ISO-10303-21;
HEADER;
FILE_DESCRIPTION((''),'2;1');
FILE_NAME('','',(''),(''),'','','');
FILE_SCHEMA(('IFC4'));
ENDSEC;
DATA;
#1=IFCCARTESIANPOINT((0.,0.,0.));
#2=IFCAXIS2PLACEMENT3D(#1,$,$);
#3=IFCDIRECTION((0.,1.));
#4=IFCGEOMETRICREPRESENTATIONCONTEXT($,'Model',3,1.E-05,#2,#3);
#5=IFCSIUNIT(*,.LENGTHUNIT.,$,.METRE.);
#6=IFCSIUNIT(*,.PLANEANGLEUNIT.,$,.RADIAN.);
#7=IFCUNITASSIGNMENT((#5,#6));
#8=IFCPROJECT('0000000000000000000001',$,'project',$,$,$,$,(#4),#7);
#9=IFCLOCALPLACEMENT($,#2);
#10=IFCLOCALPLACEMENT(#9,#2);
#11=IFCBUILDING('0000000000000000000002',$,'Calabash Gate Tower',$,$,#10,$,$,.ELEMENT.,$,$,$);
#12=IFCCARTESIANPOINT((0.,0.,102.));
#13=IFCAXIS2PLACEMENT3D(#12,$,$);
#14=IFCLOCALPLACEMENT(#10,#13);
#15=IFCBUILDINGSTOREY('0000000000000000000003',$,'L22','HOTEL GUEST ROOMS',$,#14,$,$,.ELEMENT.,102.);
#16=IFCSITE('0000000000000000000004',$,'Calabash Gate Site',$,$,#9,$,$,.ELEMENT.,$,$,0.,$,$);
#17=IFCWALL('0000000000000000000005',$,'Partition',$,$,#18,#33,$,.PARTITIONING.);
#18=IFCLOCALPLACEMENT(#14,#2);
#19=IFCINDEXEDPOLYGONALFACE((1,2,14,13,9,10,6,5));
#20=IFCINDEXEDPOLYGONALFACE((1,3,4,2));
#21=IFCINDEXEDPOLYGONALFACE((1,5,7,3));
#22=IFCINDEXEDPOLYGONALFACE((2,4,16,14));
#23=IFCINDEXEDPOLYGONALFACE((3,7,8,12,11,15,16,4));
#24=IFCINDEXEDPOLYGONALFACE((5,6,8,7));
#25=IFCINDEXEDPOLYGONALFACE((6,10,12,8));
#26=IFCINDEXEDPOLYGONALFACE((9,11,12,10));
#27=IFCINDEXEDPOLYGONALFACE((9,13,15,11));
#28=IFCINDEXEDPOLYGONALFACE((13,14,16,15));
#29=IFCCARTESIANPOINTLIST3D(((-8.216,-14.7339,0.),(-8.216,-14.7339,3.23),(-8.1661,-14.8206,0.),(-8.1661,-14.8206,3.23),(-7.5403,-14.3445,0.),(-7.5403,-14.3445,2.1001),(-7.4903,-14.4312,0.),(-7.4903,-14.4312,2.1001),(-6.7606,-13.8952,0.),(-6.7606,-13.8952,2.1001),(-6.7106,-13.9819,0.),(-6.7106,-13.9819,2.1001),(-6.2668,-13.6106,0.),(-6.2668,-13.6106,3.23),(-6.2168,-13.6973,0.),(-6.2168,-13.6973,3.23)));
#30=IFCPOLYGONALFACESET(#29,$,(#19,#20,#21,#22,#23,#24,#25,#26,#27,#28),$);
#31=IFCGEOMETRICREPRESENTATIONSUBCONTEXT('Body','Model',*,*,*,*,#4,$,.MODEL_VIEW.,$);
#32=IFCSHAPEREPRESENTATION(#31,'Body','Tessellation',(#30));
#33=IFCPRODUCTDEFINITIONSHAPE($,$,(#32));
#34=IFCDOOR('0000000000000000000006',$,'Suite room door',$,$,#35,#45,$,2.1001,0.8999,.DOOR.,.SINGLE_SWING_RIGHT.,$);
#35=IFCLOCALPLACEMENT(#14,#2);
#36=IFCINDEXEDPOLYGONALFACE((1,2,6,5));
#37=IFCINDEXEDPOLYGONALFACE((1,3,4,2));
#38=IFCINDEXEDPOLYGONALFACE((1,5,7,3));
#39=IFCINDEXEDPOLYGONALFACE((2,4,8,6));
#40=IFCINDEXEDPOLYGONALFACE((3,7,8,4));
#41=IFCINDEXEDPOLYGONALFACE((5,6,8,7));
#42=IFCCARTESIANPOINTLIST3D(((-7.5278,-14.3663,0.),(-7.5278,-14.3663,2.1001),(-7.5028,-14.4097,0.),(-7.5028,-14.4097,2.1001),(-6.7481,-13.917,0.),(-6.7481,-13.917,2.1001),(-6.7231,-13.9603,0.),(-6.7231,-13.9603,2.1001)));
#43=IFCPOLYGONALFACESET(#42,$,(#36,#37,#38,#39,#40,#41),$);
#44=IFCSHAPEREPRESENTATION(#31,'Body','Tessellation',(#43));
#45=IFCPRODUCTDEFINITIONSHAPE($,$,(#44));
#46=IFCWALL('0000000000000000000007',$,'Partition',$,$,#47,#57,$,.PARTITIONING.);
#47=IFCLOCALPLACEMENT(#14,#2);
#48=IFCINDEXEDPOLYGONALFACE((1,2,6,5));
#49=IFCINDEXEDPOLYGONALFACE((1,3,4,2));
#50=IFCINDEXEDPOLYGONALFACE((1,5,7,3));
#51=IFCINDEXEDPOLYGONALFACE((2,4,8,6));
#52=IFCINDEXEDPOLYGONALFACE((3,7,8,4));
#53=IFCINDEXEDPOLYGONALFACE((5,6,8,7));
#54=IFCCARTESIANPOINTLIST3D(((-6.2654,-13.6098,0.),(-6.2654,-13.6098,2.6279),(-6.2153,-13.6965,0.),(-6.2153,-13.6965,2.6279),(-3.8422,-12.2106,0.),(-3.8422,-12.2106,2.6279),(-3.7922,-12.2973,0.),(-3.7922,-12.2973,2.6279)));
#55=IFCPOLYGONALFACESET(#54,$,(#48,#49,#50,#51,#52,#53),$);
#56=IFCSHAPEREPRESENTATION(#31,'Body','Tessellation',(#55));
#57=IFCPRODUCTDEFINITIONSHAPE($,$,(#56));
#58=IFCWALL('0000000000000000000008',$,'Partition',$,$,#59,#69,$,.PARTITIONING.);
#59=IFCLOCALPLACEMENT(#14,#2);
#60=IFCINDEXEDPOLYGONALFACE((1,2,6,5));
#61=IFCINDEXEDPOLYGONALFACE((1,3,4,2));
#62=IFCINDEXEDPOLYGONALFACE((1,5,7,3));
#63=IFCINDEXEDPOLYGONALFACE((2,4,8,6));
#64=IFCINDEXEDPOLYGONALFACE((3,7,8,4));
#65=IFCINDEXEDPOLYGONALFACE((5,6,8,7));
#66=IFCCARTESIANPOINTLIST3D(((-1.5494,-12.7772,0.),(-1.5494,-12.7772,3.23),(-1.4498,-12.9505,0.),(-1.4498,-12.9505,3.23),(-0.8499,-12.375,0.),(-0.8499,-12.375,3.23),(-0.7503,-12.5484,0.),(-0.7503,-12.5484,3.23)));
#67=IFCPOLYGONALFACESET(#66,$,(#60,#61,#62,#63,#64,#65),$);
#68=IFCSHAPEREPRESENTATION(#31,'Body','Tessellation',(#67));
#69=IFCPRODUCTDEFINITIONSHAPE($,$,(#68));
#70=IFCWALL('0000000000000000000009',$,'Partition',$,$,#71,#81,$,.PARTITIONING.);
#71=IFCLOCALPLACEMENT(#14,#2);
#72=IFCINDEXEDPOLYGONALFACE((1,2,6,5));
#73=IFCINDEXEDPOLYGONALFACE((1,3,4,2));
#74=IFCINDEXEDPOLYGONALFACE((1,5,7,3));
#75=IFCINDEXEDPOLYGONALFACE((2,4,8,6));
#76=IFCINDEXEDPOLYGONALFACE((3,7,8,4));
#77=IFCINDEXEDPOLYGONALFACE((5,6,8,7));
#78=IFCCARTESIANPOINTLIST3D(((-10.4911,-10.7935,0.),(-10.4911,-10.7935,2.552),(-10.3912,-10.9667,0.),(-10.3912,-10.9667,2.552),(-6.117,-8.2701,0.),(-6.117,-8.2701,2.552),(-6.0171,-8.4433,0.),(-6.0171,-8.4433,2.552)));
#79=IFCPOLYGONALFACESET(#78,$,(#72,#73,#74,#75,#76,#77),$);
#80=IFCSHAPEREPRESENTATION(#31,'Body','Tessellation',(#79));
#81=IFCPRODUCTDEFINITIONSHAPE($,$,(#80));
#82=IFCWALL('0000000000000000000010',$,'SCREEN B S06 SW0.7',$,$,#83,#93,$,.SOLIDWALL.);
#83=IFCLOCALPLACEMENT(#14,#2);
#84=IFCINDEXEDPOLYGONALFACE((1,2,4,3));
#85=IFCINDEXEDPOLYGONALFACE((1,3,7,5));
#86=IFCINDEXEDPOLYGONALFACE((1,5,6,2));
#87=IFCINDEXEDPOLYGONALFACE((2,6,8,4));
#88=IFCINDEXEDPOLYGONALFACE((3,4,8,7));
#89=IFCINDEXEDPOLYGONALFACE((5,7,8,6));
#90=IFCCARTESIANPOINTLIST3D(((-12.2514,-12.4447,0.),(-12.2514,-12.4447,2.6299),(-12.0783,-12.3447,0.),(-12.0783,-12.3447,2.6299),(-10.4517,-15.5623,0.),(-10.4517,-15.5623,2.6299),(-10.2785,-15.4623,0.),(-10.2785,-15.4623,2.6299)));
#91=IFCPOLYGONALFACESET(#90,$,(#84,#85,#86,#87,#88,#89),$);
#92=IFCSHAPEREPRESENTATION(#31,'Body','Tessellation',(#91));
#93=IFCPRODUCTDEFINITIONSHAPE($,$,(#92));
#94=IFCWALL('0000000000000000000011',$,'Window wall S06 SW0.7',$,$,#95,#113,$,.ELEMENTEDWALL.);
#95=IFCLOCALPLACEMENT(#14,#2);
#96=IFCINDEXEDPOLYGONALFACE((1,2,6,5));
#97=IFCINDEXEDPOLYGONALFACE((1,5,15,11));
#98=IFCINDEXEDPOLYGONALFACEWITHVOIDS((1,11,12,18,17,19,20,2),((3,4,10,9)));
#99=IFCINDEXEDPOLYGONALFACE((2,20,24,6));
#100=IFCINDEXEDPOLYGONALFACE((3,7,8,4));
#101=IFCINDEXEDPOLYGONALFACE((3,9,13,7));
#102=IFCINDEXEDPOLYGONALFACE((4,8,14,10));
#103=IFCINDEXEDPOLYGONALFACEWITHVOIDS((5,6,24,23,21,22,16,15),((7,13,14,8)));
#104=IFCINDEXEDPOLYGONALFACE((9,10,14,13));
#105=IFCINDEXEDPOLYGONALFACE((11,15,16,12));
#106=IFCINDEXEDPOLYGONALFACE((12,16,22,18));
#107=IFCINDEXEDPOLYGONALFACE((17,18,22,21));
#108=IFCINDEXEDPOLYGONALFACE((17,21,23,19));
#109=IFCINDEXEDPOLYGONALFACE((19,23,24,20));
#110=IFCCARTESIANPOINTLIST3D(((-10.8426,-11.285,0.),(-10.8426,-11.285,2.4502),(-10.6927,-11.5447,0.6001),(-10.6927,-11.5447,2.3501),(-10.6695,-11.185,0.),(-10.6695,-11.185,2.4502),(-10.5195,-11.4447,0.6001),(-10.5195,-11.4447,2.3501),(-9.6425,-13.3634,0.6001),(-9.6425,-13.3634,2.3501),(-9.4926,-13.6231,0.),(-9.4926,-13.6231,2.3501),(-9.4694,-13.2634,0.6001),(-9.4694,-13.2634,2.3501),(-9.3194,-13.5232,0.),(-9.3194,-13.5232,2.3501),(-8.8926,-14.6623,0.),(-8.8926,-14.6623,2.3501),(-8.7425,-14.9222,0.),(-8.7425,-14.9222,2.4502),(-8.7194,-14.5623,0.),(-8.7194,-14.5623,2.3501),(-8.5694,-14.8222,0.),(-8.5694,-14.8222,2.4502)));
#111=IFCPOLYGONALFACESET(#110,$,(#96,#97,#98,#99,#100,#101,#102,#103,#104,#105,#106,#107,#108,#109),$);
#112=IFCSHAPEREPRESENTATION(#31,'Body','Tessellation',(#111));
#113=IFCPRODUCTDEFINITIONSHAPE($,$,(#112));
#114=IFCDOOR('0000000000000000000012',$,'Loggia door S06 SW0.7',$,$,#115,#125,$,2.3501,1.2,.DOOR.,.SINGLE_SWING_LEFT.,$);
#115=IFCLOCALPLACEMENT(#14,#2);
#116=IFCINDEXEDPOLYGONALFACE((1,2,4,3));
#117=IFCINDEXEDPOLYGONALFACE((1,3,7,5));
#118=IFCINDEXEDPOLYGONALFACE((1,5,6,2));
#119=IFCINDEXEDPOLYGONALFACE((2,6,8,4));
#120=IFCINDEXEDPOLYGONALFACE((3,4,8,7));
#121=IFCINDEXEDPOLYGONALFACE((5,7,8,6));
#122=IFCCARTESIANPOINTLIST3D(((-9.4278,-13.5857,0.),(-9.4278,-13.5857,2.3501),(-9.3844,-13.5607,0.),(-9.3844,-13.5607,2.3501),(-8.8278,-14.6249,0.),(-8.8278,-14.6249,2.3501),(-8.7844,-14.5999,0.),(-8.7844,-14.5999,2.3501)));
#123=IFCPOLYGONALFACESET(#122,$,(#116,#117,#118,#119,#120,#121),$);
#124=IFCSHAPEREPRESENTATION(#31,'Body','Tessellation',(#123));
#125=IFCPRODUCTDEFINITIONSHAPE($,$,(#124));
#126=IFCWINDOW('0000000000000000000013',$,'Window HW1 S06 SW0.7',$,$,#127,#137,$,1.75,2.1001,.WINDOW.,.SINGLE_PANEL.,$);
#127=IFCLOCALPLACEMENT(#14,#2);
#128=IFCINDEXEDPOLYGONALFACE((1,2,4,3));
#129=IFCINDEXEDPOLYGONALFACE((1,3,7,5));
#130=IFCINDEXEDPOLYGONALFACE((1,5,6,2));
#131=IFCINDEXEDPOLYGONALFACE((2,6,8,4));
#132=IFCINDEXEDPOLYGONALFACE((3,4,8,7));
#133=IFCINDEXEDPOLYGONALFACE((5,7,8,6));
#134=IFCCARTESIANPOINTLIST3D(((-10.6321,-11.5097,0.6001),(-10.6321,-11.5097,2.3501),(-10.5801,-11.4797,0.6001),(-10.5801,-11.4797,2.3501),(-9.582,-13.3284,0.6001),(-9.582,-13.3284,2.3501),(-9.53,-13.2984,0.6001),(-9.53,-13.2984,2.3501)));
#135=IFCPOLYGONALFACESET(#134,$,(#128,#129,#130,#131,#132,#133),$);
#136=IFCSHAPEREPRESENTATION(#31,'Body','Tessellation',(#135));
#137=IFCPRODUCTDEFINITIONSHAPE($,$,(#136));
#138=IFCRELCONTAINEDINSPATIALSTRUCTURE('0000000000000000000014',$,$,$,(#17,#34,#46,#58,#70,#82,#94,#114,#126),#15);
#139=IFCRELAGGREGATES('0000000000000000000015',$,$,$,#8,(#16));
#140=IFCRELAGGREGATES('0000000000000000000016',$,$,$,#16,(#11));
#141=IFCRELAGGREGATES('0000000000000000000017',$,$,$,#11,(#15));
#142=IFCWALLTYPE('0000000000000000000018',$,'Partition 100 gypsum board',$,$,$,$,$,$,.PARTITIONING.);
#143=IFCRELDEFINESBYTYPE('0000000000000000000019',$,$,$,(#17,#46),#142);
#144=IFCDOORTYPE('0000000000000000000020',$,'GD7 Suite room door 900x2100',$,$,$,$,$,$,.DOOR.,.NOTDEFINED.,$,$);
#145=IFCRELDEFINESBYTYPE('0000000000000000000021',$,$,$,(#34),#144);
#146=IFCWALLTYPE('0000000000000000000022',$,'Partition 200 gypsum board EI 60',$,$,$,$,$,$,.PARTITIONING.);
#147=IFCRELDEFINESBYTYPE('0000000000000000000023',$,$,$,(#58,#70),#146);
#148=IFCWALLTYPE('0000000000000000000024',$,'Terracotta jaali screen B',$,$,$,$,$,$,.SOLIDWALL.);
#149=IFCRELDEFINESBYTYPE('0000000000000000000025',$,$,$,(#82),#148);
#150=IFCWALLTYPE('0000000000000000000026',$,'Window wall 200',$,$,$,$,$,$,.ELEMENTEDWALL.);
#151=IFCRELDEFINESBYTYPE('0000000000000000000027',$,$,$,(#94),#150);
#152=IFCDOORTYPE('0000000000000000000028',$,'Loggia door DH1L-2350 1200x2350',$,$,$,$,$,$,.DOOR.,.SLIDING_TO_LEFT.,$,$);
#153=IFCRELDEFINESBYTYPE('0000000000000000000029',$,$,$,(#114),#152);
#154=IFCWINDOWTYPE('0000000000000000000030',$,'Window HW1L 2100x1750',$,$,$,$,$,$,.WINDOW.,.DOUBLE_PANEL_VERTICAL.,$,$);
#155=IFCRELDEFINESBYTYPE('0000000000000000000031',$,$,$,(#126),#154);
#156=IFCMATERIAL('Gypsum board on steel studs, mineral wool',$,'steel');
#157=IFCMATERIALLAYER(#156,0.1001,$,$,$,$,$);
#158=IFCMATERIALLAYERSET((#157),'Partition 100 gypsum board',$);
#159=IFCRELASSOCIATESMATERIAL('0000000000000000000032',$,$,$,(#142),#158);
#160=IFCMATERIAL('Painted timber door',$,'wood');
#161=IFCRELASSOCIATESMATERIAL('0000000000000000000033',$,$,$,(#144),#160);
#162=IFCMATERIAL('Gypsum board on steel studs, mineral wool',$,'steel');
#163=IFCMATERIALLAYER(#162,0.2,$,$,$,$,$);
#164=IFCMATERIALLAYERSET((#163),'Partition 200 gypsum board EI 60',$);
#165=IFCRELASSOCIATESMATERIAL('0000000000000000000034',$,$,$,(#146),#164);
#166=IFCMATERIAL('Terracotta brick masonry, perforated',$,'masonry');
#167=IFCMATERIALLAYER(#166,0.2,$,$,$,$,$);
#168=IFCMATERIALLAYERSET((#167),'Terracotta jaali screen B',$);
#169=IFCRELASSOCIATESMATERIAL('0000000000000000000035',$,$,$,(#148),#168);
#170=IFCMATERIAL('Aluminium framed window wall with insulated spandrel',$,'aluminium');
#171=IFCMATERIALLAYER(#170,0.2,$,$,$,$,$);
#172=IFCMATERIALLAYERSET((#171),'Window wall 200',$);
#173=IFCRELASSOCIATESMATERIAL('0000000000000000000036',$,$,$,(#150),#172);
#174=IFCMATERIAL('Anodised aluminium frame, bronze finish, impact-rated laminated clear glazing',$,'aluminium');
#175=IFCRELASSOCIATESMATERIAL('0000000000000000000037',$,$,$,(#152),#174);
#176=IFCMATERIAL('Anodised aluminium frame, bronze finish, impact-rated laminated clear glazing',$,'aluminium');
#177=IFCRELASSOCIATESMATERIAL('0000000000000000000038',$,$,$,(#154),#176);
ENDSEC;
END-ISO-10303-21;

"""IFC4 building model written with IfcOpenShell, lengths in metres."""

from ifc_helpers import new_model, si_unit, direction, frame, frame_2d, origin, place, context, subcontext, project, spatial, rectangle, extrude, material, layer, layer_set, type_object, element, fill, save


model = new_model("IFC4")

# Units and contexts
model_context = context("Model", 3, precision=1e-05, world=origin(), true_north=direction((0.0, 1.0)))
body_context = subcontext(model_context, "Body", "Model", "MODEL_VIEW")
ifc_project = project(units=[si_unit("LENGTHUNIT", "METRE"), si_unit("PLANEANGLEUNIT", "RADIAN")], contexts=[model_context])

# Site, building, storey
site_placement = place(None, origin())
site = spatial("IfcSite", under=ifc_project, at=site_placement, Name="Calabash Gate Site", CompositionType="ELEMENT", RefElevation=0.0)
building_placement = place(site_placement, origin())
building = spatial("IfcBuilding", under=site, at=building_placement, Name="Calabash Gate Tower", CompositionType="ELEMENT")
storey_placement = place(building_placement, frame((0.0, 0.0, 102.0)))
storey = spatial("IfcBuildingStorey", under=building, at=storey_placement, Name="L22", Description="HOTEL GUEST ROOMS", CompositionType="ELEMENT", Elevation=102.0)

# Shared definitions
ifc_material_1 = material(Name="Gypsum board on steel studs, mineral wool", Category="steel")
ifc_layer_1 = layer(ifc_material_1, 0.1001)
ifc_layer_set_1 = layer_set([ifc_layer_1], Name="Partition 100 gypsum board")
wall_type_1 = type_object("IfcWallType", Name="Partition 100 gypsum board", PredefinedType="PARTITIONING", material=ifc_layer_set_1)

# Wall, opening, door
wall_1_placement = place(storey_placement, frame((-8.1912, -14.7773, 0.0), z_axis=(0.0, 0.0, 1.0), x_axis=(0.866428, 0.499303, 0.0)))
wall_1 = element("IfcWall", 1, at=wall_1_placement, inside=storey, type_object=wall_type_1, Name="Partition", PredefinedType="PARTITIONING", context=body_context, shape_type="SweptSolid", body=[
    extrude(rectangle(XDim=2.2498, YDim=0.1001, at=frame_2d((1.125, 0.0))), origin(), (0.0, 0.0, 1.0), 3.23),
])
opening_1_placement = place(wall_1_placement, frame((0.78, 0.0, 0.0)))
opening_1 = element("IfcOpeningElement", 2, at=opening_1_placement, cuts=wall_1, PredefinedType="OPENING", context=body_context, shape_type="SweptSolid", body=[
    extrude(rectangle(XDim=0.8999, YDim=2.1001, at=frame_2d((0.45, 1.05))), frame((0.0, 0.0601, 0.0), z_axis=(0.0, -1.0, 0.0), x_axis=(1.0, 0.0, 0.0)), (0.0, 0.0, 1.0), 0.1201),
])
ifc_material_2 = material(Name="Painted timber door", Category="wood")
door_type_1 = type_object("IfcDoorType", Name="GD7 Suite room door 900x2100", OperationType="NOTDEFINED", PredefinedType="DOOR", material=ifc_material_2)
door_1_placement = place(opening_1_placement, origin())
door_1 = element("IfcDoor", 3, at=door_1_placement, inside=storey, type_object=door_type_1, Name="Suite room door", OperationType="SINGLE_SWING_RIGHT", OverallHeight=2.1001, OverallWidth=0.8999, PredefinedType="DOOR", context=body_context, shape_type="SweptSolid", body=[
    extrude(rectangle(XDim=0.8999, YDim=2.1001, at=frame_2d((0.45, 1.05))), frame((0.0, 0.0249, 0.0), z_axis=(0.0, -1.0, 0.0), x_axis=(1.0, 0.0, 0.0)), (0.0, 0.0, 1.0), 0.05),
])
fill(opening_1, door_1)

# Walls
wall_2_placement = place(storey_placement, frame((-6.2402, -13.6531, 0.0), z_axis=(0.0, 0.0, 1.0), x_axis=(0.865995, 0.500052, 0.0)))
element("IfcWall", 4, at=wall_2_placement, inside=storey, type_object=wall_type_1, Name="Partition", PredefinedType="PARTITIONING", context=body_context, shape_type="SweptSolid", body=[
    extrude(rectangle(XDim=2.7981, YDim=0.1001, at=frame_2d((1.3989, 0.0))), origin(), (0.0, 0.0, 1.0), 2.6279),
])
ifc_material_3 = material(Name="Gypsum board on steel studs, mineral wool", Category="steel")
ifc_layer_2 = layer(ifc_material_3, 0.2)
ifc_layer_set_2 = layer_set([ifc_layer_2], Name="Partition 200 gypsum board EI 60")
wall_type_2 = type_object("IfcWallType", Name="Partition 200 gypsum board EI 60", PredefinedType="PARTITIONING", material=ifc_layer_set_2)
wall_3_placement = place(storey_placement, frame((-1.4995, -12.8638, 0.0), z_axis=(0.0, 0.0, 1.0), x_axis=(0.866955, 0.498386, 0.0)))
element("IfcWall", 5, at=wall_3_placement, inside=storey, type_object=wall_type_2, Name="Partition", PredefinedType="PARTITIONING", context=body_context, shape_type="SweptSolid", body=[
    extrude(rectangle(XDim=0.8069, YDim=0.2, at=frame_2d((0.4033, 0.0))), origin(), (0.0, 0.0, 1.0), 3.23),
])
wall_4_placement = place(storey_placement, frame((-10.4412, -10.8801, 0.0), z_axis=(0.0, 0.0, 1.0), x_axis=(0.866189, 0.499717, 0.0)))
element("IfcWall", 6, at=wall_4_placement, inside=storey, type_object=wall_type_2, Name="Partition", PredefinedType="PARTITIONING", context=body_context, shape_type="SweptSolid", body=[
    extrude(rectangle(XDim=5.0498, YDim=0.2, at=frame_2d((2.5249, 0.0))), origin(), (0.0, 0.0, 1.0), 2.552),
])
ifc_material_4 = material(Name="Terracotta brick masonry, perforated", Category="masonry")
ifc_layer_3 = layer(ifc_material_4, 0.2)
ifc_layer_set_3 = layer_set([ifc_layer_3], Name="Terracotta jaali screen B")
wall_type_3 = type_object("IfcWallType", Name="Terracotta jaali screen B", PredefinedType="SOLIDWALL", material=ifc_layer_set_3)
wall_5_placement = place(storey_placement, frame((-12.1648, -12.3948, 0.0), z_axis=(0.0, 0.0, 1.0), x_axis=(0.499961, -0.866048, 0.0)))
element("IfcWall", 7, at=wall_5_placement, inside=storey, type_object=wall_type_3, Name="SCREEN B S06 SW0.7", PredefinedType="SOLIDWALL", context=body_context, shape_type="SweptSolid", body=[
    extrude(rectangle(XDim=3.5999, YDim=0.2, at=frame_2d((1.7998, 0.0))), origin(), (0.0, 0.0, 1.0), 2.6299),
])

# Wall, openings, door, window
ifc_material_5 = material(Name="Aluminium framed window wall with insulated spandrel", Category="aluminium")
ifc_layer_4 = layer(ifc_material_5, 0.2)
ifc_layer_set_4 = layer_set([ifc_layer_4], Name="Window wall 200")
wall_type_4 = type_object("IfcWallType", Name="Window wall 200", PredefinedType="ELEMENTEDWALL", material=ifc_layer_set_4)
wall_6_placement = place(storey_placement, frame((-10.7561, -11.2349, 0.0), z_axis=(0.0, 0.0, 1.0), x_axis=(0.500028, -0.866009, 0.0)))
wall_6 = element("IfcWall", 8, at=wall_6_placement, inside=storey, type_object=wall_type_4, Name="Window wall S06 SW0.7", PredefinedType="ELEMENTEDWALL", context=body_context, shape_type="SweptSolid", body=[
    extrude(rectangle(XDim=4.2, YDim=0.2, at=frame_2d((2.1001, 0.0))), origin(), (0.0, 0.0, 1.0), 2.4502),
])
opening_2_placement = place(wall_6_placement, frame((0.3, 0.0, 0.6001)))
opening_2 = element("IfcOpeningElement", 9, at=opening_2_placement, cuts=wall_6, PredefinedType="OPENING", context=body_context, shape_type="SweptSolid", body=[
    extrude(rectangle(XDim=2.1001, YDim=1.75, at=frame_2d((1.05, 0.875))), frame((0.0, 0.1099, 0.0), z_axis=(0.0, -1.0, 0.0), x_axis=(1.0, 0.0, 0.0)), (0.0, 0.0, 1.0), 0.22),
])
opening_3_placement = place(wall_6_placement, frame((2.7, 0.0, 0.0)))
opening_3 = element("IfcOpeningElement", 10, at=opening_3_placement, cuts=wall_6, PredefinedType="OPENING", context=body_context, shape_type="SweptSolid", body=[
    extrude(rectangle(XDim=1.2, YDim=2.3501, at=frame_2d((0.6001, 1.175))), frame((0.0, 0.1099, 0.0), z_axis=(0.0, -1.0, 0.0), x_axis=(1.0, 0.0, 0.0)), (0.0, 0.0, 1.0), 0.22),
])
ifc_material_6 = material(Name="Anodised aluminium frame, bronze finish, impact-rated laminated clear glazing", Category="aluminium")
door_type_2 = type_object("IfcDoorType", Name="Loggia door DH1L-2350 1200x2350", OperationType="SLIDING_TO_LEFT", PredefinedType="DOOR", material=ifc_material_6)
door_2_placement = place(opening_3_placement, origin())
door_2 = element("IfcDoor", 11, at=door_2_placement, inside=storey, type_object=door_type_2, Name="Loggia door S06 SW0.7", OperationType="SINGLE_SWING_LEFT", OverallHeight=2.3501, OverallWidth=1.2, PredefinedType="DOOR", context=body_context, shape_type="SweptSolid", body=[
    extrude(rectangle(XDim=1.2, YDim=2.3501, at=frame_2d((0.6001, 1.175))), frame((0.0, 0.0249, 0.0), z_axis=(0.0, -1.0, 0.0), x_axis=(1.0, 0.0, 0.0)), (0.0, 0.0, 1.0), 0.05),
])
fill(opening_3, door_2)
ifc_material_7 = material(Name="Anodised aluminium frame, bronze finish, impact-rated laminated clear glazing", Category="aluminium")
window_type_1 = type_object("IfcWindowType", Name="Window HW1L 2100x1750", PartitioningType="DOUBLE_PANEL_VERTICAL", PredefinedType="WINDOW", material=ifc_material_7)
window_1_placement = place(opening_2_placement, origin())
window_1 = element("IfcWindow", 12, at=window_1_placement, inside=storey, type_object=window_type_1, Name="Window HW1 S06 SW0.7", OverallHeight=1.75, OverallWidth=2.1001, PartitioningType="SINGLE_PANEL", PredefinedType="WINDOW", context=body_context, shape_type="SweptSolid", body=[
    extrude(rectangle(XDim=2.1001, YDim=1.75, at=frame_2d((1.05, 0.875))), frame((0.0, 0.03, 0.0), z_axis=(0.0, -1.0, 0.0), x_axis=(1.0, 0.0, 0.0)), (0.0, 0.0, 1.0), 0.0601),
])
fill(opening_2, window_1)

save(model, "model.ifc")
